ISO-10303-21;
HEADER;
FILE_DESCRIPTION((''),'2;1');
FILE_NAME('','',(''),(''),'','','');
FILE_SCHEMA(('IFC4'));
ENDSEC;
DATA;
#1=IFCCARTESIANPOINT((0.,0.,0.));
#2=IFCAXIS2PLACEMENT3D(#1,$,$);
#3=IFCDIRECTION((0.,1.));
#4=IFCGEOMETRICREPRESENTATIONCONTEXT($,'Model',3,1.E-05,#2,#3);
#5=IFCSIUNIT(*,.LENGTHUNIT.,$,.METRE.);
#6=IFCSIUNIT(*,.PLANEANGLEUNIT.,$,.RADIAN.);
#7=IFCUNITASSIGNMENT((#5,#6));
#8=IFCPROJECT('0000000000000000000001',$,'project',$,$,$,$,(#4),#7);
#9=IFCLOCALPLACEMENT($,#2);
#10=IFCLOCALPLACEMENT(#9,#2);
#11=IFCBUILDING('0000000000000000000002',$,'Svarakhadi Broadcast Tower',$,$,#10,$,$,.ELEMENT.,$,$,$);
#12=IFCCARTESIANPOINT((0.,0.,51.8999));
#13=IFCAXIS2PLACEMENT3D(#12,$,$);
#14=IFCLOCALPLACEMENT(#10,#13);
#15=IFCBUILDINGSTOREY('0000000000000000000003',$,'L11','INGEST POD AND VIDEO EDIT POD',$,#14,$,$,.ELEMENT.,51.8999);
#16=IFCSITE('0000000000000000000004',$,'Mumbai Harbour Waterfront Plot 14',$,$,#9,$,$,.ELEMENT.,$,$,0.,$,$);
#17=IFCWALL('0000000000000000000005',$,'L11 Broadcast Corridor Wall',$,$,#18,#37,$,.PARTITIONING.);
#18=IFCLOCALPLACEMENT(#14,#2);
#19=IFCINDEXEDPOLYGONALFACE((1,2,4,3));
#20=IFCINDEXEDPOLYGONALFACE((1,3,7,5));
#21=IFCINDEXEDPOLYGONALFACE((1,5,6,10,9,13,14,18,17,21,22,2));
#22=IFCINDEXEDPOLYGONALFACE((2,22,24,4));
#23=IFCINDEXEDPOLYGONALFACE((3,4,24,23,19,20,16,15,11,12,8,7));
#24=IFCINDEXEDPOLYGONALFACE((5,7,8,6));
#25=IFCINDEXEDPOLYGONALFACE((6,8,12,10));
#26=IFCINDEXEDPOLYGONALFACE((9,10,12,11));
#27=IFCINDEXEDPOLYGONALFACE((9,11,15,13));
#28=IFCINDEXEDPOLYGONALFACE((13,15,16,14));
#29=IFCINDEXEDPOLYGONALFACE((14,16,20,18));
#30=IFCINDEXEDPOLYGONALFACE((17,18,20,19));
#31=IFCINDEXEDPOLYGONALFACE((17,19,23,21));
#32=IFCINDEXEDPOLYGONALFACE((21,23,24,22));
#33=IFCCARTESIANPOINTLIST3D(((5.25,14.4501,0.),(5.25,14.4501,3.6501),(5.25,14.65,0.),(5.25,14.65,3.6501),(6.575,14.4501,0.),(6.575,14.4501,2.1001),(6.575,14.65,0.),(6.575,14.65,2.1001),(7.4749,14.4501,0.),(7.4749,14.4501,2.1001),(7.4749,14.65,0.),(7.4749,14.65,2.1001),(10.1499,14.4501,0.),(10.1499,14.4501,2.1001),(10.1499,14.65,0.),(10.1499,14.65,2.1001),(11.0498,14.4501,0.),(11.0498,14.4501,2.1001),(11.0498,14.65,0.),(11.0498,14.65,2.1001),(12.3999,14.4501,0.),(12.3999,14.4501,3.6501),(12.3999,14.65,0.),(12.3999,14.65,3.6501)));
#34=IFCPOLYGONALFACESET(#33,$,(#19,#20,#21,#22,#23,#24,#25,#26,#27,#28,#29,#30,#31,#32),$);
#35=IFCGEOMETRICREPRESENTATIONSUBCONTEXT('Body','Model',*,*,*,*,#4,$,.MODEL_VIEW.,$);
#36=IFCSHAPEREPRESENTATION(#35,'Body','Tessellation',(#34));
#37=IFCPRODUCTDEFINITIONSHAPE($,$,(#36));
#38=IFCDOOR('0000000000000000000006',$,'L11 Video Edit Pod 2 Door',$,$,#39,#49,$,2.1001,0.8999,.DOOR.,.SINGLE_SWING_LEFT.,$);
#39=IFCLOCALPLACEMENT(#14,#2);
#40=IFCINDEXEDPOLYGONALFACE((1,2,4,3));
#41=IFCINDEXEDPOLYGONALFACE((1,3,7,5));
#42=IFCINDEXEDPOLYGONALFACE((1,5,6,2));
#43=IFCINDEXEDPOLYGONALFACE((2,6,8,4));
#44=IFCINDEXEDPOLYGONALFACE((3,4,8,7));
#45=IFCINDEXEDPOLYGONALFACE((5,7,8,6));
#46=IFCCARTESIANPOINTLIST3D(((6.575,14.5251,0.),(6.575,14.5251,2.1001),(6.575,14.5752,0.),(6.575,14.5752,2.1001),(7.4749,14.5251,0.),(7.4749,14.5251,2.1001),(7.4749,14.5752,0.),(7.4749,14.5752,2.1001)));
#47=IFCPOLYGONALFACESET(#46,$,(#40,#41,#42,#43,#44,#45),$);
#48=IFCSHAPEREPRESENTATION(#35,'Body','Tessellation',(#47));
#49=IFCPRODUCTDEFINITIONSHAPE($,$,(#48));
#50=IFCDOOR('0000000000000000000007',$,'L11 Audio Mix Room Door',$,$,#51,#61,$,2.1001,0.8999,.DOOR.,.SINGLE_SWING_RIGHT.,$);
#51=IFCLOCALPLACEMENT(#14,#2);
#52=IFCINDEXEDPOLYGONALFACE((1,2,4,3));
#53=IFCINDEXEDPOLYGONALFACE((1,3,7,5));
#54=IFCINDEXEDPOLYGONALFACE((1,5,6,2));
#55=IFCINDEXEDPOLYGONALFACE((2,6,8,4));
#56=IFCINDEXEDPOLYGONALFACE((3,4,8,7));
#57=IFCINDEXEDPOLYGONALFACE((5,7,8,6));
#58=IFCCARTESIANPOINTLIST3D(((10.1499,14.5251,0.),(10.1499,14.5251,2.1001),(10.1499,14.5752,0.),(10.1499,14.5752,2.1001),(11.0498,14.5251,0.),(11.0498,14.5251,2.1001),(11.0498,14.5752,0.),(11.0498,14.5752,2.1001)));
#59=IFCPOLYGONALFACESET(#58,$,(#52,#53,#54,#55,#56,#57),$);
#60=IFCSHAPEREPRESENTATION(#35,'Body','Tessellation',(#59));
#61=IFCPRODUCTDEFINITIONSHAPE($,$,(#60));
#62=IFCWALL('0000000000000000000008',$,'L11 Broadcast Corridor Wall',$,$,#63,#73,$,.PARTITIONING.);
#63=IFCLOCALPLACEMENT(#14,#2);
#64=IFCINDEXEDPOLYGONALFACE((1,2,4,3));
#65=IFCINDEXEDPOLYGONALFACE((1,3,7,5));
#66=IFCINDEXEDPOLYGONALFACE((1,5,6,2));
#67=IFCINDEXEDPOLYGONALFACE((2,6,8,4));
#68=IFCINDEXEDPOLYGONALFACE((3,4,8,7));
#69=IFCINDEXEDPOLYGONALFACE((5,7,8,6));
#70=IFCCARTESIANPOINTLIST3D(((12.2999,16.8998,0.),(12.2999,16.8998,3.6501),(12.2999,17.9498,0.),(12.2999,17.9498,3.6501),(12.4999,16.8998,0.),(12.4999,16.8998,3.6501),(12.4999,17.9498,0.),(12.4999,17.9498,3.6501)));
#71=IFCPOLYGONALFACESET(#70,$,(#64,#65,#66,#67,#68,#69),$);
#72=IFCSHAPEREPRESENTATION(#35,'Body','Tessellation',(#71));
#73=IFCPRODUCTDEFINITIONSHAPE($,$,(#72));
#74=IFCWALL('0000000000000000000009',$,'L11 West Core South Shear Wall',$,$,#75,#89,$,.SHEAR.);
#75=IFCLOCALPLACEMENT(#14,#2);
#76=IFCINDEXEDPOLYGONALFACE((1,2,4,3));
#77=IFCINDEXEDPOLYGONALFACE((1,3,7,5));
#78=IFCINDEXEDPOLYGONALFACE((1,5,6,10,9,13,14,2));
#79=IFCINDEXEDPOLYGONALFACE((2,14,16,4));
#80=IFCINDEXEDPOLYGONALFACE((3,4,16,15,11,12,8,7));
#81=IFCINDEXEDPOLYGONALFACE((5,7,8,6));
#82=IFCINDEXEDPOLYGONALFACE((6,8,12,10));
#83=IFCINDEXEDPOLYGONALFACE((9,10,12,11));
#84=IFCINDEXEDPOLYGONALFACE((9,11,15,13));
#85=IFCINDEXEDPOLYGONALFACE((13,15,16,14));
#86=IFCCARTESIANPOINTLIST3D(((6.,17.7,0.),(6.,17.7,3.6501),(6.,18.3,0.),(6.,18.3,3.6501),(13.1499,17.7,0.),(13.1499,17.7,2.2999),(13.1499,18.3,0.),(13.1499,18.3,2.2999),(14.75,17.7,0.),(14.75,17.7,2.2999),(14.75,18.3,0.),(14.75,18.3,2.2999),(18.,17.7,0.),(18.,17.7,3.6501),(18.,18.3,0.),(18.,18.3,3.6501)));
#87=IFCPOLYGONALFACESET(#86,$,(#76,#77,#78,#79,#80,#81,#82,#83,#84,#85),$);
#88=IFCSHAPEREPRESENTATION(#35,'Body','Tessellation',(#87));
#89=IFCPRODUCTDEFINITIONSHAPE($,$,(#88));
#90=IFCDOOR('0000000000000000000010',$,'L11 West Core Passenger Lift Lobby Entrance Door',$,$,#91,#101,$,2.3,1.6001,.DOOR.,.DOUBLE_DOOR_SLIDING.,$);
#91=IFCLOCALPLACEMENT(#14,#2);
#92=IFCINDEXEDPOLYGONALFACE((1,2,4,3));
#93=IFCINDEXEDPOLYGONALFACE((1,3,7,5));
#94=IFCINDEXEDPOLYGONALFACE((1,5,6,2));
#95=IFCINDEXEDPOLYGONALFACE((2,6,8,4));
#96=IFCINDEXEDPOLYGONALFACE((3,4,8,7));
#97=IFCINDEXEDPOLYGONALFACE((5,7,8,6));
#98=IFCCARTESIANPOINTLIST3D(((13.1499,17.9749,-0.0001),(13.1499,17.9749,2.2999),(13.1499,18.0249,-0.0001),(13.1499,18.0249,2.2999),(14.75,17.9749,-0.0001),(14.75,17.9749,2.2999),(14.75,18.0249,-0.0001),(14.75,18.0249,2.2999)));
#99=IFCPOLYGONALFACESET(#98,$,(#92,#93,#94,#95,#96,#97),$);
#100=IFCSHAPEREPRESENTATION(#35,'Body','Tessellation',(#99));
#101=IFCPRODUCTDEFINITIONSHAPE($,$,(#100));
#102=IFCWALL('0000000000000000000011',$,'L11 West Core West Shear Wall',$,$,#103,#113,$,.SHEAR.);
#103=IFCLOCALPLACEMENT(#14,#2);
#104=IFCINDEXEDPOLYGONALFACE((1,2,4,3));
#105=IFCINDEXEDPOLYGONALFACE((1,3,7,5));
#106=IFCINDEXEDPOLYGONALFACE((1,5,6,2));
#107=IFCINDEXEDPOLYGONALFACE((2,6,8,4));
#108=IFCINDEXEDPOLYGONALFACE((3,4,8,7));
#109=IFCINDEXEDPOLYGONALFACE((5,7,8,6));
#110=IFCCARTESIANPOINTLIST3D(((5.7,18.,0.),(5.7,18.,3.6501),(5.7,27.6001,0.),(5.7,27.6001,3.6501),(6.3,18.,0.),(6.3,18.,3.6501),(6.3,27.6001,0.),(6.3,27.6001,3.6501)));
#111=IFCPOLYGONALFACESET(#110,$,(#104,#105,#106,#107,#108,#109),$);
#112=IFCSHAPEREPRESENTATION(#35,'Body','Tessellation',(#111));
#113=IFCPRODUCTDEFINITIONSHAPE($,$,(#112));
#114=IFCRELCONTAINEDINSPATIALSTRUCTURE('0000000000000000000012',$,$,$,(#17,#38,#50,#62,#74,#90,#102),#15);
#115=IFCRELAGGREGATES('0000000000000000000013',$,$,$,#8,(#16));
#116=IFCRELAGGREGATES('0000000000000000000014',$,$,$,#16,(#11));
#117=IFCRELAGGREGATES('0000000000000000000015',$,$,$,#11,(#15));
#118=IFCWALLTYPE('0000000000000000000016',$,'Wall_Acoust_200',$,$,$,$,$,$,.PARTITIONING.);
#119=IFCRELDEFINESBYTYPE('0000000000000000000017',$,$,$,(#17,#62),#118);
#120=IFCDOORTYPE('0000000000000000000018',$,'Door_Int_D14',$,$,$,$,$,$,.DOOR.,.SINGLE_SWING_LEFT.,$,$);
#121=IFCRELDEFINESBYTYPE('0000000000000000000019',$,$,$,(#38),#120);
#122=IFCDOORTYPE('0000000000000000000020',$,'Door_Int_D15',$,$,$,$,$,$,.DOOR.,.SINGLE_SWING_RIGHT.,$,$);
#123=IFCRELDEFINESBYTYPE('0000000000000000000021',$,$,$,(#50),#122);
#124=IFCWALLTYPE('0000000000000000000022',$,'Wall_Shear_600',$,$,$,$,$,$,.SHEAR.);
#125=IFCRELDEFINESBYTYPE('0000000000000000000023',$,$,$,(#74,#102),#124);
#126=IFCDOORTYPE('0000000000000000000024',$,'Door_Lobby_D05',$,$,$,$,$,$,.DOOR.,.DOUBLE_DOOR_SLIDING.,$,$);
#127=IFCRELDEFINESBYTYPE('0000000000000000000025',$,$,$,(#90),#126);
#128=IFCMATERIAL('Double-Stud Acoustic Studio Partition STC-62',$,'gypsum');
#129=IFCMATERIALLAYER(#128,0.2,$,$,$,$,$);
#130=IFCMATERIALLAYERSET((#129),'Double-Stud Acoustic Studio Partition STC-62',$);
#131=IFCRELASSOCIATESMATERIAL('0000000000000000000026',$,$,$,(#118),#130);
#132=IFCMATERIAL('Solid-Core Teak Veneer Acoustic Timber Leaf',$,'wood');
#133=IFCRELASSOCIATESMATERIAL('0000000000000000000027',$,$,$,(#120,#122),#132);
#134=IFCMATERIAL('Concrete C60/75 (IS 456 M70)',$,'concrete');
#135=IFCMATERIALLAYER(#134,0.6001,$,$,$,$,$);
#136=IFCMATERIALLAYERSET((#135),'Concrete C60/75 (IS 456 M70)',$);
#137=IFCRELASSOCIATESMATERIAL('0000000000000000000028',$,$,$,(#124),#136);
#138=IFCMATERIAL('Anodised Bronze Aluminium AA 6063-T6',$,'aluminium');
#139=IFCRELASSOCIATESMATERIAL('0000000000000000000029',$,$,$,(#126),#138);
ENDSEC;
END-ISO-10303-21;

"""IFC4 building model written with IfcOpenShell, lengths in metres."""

from ifc_helpers import new_model, si_unit, direction, frame, frame_2d, origin, place, context, subcontext, project, spatial, rectangle, extrude, material, layer, layer_set, type_object, element, fill, save


model = new_model("IFC4")

# Units and contexts
model_context = context("Model", 3, precision=1e-05, world=origin(), true_north=direction((0.0, 1.0)))
body_context = subcontext(model_context, "Body", "Model", "MODEL_VIEW")
ifc_project = project(units=[si_unit("LENGTHUNIT", "METRE"), si_unit("PLANEANGLEUNIT", "RADIAN")], contexts=[model_context])

# Site, building, storey
site_placement = place(None, origin())
site = spatial("IfcSite", under=ifc_project, at=site_placement, Name="Mumbai Harbour Waterfront Plot 14", CompositionType="ELEMENT", RefElevation=0.0)
building_placement = place(site_placement, origin())
building = spatial("IfcBuilding", under=site, at=building_placement, Name="Svarakhadi Broadcast Tower", CompositionType="ELEMENT")
storey_placement = place(building_placement, frame((0.0, 0.0, 51.8999)))
storey = spatial("IfcBuildingStorey", under=building, at=storey_placement, Name="L11", Description="INGEST POD AND VIDEO EDIT POD", CompositionType="ELEMENT", Elevation=51.8999)

# Shared definitions
ifc_material_1 = material(Name="Concrete C60/75 (IS 456 M70)", Category="concrete")

# Wall, openings, doors
ifc_material_2 = material(Name="Double-Stud Acoustic Studio Partition STC-62", Category="gypsum")
ifc_layer_1 = layer(ifc_material_2, 0.2)
ifc_layer_set_1 = layer_set([ifc_layer_1], Name="Double-Stud Acoustic Studio Partition STC-62")
wall_type_1 = type_object("IfcWallType", Name="Wall_Acoust_200", PredefinedType="PARTITIONING", material=ifc_layer_set_1)
wall_1_placement = place(storey_placement, frame((12.3999, 14.55, 0.0), z_axis=(0.0, 0.0, 1.0), x_axis=(-1.0, 0.0, 0.0)))
wall_1 = element("IfcWall", 1, at=wall_1_placement, inside=storey, type_object=wall_type_1, Name="L11 Broadcast Corridor Wall", PredefinedType="PARTITIONING", context=body_context, shape_type="SweptSolid", body=[
    extrude(rectangle(XDim=7.1499, YDim=0.2, at=frame_2d((3.575, 0.0))), origin(), (0.0, 0.0, 1.0), 3.6501),
])
opening_1_placement = place(wall_1_placement, frame((4.925, 0.0, 0.0)))
opening_1 = element("IfcOpeningElement", 2, at=opening_1_placement, cuts=wall_1, PredefinedType="OPENING", context=body_context, shape_type="SweptSolid", body=[
    extrude(rectangle(XDim=0.8999, YDim=2.1001, at=frame_2d((0.45, 1.05))), frame((0.0, 0.1099, 0.0), z_axis=(0.0, -1.0, 0.0), x_axis=(1.0, 0.0, 0.0)), (0.0, 0.0, 1.0), 0.22),
])
opening_2_placement = place(wall_1_placement, frame((1.3501, 0.0, 0.0)))
opening_2 = element("IfcOpeningElement", 3, at=opening_2_placement, cuts=wall_1, PredefinedType="OPENING", context=body_context, shape_type="SweptSolid", body=[
    extrude(rectangle(XDim=0.8999, YDim=2.1001, at=frame_2d((0.45, 1.05))), frame((0.0, 0.1099, 0.0), z_axis=(0.0, -1.0, 0.0), x_axis=(1.0, 0.0, 0.0)), (0.0, 0.0, 1.0), 0.22),
])
ifc_material_3 = material(Name="Solid-Core Teak Veneer Acoustic Timber Leaf", Category="wood")
door_type_1 = type_object("IfcDoorType", Name="Door_Int_D14", OperationType="SINGLE_SWING_LEFT", PredefinedType="DOOR", material=ifc_material_3)
door_1_placement = place(opening_1_placement, origin())
door_1 = element("IfcDoor", 4, at=door_1_placement, inside=storey, type_object=door_type_1, Name="L11 Video Edit Pod 2 Door", OperationType="SINGLE_SWING_LEFT", OverallHeight=2.1001, OverallWidth=0.8999, PredefinedType="DOOR", context=body_context, shape_type="SweptSolid", body=[
    extrude(rectangle(XDim=0.8999, YDim=2.1001, at=frame_2d((0.45, 1.05))), frame((0.0, 0.0249, 0.0), z_axis=(0.0, -1.0, 0.0), x_axis=(1.0, 0.0, 0.0)), (0.0, 0.0, 1.0), 0.05),
])
fill(opening_1, door_1)
door_type_2 = type_object("IfcDoorType", Name="Door_Int_D15", OperationType="SINGLE_SWING_RIGHT", PredefinedType="DOOR", material=ifc_material_3)
door_2_placement = place(opening_2_placement, origin())
door_2 = element("IfcDoor", 5, at=door_2_placement, inside=storey, type_object=door_type_2, Name="L11 Audio Mix Room Door", OperationType="SINGLE_SWING_RIGHT", OverallHeight=2.1001, OverallWidth=0.8999, PredefinedType="DOOR", context=body_context, shape_type="SweptSolid", body=[
    extrude(rectangle(XDim=0.8999, YDim=2.1001, at=frame_2d((0.45, 1.05))), frame((0.0, 0.0249, 0.0), z_axis=(0.0, -1.0, 0.0), x_axis=(1.0, 0.0, 0.0)), (0.0, 0.0, 1.0), 0.05),
])
fill(opening_2, door_2)

# Wall
wall_2_placement = place(storey_placement, frame((12.3999, 16.8999, 0.0), z_axis=(0.0, 0.0, 1.0), x_axis=(0.0, 1.0, 0.0)))
element("IfcWall", 6, at=wall_2_placement, inside=storey, type_object=wall_type_1, Name="L11 Broadcast Corridor Wall", PredefinedType="PARTITIONING", context=body_context, shape_type="SweptSolid", body=[
    extrude(rectangle(XDim=1.05, YDim=0.2, at=frame_2d((0.5249, 0.0))), origin(), (0.0, 0.0, 1.0), 3.6501),
])

# Wall, opening, door
ifc_layer_2 = layer(ifc_material_1, 0.6001)
ifc_layer_set_2 = layer_set([ifc_layer_2], Name="Concrete C60/75 (IS 456 M70)")
wall_type_2 = type_object("IfcWallType", Name="Wall_Shear_600", PredefinedType="SHEAR", material=ifc_layer_set_2)
wall_3_placement = place(storey_placement, frame((6.0, 18.0, 0.0), z_axis=(0.0, 0.0, 1.0), x_axis=(1.0, 0.0, 0.0)))
wall_3 = element("IfcWall", 7, at=wall_3_placement, inside=storey, type_object=wall_type_2, Name="L11 West Core South Shear Wall", PredefinedType="SHEAR", context=body_context, shape_type="SweptSolid", body=[
    extrude(rectangle(XDim=12.0, YDim=0.6001, at=frame_2d((6.0, 0.0))), origin(), (0.0, 0.0, 1.0), 3.6501),
])
opening_3_placement = place(wall_3_placement, frame((7.1499, 0.0, 0.0)))
opening_3 = element("IfcOpeningElement", 8, at=opening_3_placement, cuts=wall_3, PredefinedType="OPENING", context=body_context, shape_type="SweptSolid", body=[
    extrude(rectangle(XDim=1.6001, YDim=2.3, at=frame_2d((0.8, 1.1499))), frame((0.0, 0.3101, 0.0), z_axis=(0.0, -1.0, 0.0), x_axis=(1.0, 0.0, 0.0)), (0.0, 0.0, 1.0), 0.6201),
])
ifc_material_4 = material(Name="Anodised Bronze Aluminium AA 6063-T6", Category="aluminium")
door_type_3 = type_object("IfcDoorType", Name="Door_Lobby_D05", OperationType="DOUBLE_DOOR_SLIDING", PredefinedType="DOOR", material=ifc_material_4)
door_3_placement = place(opening_3_placement, origin())
door_3 = element("IfcDoor", 9, at=door_3_placement, inside=storey, type_object=door_type_3, Name="L11 West Core Passenger Lift Lobby Entrance Door", OperationType="DOUBLE_DOOR_SLIDING", OverallHeight=2.3, OverallWidth=1.6001, PredefinedType="DOOR", context=body_context, shape_type="SweptSolid", body=[
    extrude(rectangle(XDim=1.6001, YDim=2.3, at=frame_2d((0.8, 1.1499))), frame((0.0, 0.0249, 0.0), z_axis=(0.0, -1.0, 0.0), x_axis=(1.0, 0.0, 0.0)), (0.0, 0.0, 1.0), 0.05),
])
fill(opening_3, door_3)

# Wall
wall_4_placement = place(storey_placement, frame((6.0, 18.0, 0.0), z_axis=(0.0, 0.0, 1.0), x_axis=(0.0, 1.0, 0.0)))
element("IfcWall", 10, at=wall_4_placement, inside=storey, type_object=wall_type_2, Name="L11 West Core West Shear Wall", PredefinedType="SHEAR", context=body_context, shape_type="SweptSolid", body=[
    extrude(rectangle(XDim=9.6001, YDim=0.6001, at=frame_2d((4.8, 0.0))), origin(), (0.0, 0.0, 1.0), 3.6501),
])

save(model, "model.ifc")
